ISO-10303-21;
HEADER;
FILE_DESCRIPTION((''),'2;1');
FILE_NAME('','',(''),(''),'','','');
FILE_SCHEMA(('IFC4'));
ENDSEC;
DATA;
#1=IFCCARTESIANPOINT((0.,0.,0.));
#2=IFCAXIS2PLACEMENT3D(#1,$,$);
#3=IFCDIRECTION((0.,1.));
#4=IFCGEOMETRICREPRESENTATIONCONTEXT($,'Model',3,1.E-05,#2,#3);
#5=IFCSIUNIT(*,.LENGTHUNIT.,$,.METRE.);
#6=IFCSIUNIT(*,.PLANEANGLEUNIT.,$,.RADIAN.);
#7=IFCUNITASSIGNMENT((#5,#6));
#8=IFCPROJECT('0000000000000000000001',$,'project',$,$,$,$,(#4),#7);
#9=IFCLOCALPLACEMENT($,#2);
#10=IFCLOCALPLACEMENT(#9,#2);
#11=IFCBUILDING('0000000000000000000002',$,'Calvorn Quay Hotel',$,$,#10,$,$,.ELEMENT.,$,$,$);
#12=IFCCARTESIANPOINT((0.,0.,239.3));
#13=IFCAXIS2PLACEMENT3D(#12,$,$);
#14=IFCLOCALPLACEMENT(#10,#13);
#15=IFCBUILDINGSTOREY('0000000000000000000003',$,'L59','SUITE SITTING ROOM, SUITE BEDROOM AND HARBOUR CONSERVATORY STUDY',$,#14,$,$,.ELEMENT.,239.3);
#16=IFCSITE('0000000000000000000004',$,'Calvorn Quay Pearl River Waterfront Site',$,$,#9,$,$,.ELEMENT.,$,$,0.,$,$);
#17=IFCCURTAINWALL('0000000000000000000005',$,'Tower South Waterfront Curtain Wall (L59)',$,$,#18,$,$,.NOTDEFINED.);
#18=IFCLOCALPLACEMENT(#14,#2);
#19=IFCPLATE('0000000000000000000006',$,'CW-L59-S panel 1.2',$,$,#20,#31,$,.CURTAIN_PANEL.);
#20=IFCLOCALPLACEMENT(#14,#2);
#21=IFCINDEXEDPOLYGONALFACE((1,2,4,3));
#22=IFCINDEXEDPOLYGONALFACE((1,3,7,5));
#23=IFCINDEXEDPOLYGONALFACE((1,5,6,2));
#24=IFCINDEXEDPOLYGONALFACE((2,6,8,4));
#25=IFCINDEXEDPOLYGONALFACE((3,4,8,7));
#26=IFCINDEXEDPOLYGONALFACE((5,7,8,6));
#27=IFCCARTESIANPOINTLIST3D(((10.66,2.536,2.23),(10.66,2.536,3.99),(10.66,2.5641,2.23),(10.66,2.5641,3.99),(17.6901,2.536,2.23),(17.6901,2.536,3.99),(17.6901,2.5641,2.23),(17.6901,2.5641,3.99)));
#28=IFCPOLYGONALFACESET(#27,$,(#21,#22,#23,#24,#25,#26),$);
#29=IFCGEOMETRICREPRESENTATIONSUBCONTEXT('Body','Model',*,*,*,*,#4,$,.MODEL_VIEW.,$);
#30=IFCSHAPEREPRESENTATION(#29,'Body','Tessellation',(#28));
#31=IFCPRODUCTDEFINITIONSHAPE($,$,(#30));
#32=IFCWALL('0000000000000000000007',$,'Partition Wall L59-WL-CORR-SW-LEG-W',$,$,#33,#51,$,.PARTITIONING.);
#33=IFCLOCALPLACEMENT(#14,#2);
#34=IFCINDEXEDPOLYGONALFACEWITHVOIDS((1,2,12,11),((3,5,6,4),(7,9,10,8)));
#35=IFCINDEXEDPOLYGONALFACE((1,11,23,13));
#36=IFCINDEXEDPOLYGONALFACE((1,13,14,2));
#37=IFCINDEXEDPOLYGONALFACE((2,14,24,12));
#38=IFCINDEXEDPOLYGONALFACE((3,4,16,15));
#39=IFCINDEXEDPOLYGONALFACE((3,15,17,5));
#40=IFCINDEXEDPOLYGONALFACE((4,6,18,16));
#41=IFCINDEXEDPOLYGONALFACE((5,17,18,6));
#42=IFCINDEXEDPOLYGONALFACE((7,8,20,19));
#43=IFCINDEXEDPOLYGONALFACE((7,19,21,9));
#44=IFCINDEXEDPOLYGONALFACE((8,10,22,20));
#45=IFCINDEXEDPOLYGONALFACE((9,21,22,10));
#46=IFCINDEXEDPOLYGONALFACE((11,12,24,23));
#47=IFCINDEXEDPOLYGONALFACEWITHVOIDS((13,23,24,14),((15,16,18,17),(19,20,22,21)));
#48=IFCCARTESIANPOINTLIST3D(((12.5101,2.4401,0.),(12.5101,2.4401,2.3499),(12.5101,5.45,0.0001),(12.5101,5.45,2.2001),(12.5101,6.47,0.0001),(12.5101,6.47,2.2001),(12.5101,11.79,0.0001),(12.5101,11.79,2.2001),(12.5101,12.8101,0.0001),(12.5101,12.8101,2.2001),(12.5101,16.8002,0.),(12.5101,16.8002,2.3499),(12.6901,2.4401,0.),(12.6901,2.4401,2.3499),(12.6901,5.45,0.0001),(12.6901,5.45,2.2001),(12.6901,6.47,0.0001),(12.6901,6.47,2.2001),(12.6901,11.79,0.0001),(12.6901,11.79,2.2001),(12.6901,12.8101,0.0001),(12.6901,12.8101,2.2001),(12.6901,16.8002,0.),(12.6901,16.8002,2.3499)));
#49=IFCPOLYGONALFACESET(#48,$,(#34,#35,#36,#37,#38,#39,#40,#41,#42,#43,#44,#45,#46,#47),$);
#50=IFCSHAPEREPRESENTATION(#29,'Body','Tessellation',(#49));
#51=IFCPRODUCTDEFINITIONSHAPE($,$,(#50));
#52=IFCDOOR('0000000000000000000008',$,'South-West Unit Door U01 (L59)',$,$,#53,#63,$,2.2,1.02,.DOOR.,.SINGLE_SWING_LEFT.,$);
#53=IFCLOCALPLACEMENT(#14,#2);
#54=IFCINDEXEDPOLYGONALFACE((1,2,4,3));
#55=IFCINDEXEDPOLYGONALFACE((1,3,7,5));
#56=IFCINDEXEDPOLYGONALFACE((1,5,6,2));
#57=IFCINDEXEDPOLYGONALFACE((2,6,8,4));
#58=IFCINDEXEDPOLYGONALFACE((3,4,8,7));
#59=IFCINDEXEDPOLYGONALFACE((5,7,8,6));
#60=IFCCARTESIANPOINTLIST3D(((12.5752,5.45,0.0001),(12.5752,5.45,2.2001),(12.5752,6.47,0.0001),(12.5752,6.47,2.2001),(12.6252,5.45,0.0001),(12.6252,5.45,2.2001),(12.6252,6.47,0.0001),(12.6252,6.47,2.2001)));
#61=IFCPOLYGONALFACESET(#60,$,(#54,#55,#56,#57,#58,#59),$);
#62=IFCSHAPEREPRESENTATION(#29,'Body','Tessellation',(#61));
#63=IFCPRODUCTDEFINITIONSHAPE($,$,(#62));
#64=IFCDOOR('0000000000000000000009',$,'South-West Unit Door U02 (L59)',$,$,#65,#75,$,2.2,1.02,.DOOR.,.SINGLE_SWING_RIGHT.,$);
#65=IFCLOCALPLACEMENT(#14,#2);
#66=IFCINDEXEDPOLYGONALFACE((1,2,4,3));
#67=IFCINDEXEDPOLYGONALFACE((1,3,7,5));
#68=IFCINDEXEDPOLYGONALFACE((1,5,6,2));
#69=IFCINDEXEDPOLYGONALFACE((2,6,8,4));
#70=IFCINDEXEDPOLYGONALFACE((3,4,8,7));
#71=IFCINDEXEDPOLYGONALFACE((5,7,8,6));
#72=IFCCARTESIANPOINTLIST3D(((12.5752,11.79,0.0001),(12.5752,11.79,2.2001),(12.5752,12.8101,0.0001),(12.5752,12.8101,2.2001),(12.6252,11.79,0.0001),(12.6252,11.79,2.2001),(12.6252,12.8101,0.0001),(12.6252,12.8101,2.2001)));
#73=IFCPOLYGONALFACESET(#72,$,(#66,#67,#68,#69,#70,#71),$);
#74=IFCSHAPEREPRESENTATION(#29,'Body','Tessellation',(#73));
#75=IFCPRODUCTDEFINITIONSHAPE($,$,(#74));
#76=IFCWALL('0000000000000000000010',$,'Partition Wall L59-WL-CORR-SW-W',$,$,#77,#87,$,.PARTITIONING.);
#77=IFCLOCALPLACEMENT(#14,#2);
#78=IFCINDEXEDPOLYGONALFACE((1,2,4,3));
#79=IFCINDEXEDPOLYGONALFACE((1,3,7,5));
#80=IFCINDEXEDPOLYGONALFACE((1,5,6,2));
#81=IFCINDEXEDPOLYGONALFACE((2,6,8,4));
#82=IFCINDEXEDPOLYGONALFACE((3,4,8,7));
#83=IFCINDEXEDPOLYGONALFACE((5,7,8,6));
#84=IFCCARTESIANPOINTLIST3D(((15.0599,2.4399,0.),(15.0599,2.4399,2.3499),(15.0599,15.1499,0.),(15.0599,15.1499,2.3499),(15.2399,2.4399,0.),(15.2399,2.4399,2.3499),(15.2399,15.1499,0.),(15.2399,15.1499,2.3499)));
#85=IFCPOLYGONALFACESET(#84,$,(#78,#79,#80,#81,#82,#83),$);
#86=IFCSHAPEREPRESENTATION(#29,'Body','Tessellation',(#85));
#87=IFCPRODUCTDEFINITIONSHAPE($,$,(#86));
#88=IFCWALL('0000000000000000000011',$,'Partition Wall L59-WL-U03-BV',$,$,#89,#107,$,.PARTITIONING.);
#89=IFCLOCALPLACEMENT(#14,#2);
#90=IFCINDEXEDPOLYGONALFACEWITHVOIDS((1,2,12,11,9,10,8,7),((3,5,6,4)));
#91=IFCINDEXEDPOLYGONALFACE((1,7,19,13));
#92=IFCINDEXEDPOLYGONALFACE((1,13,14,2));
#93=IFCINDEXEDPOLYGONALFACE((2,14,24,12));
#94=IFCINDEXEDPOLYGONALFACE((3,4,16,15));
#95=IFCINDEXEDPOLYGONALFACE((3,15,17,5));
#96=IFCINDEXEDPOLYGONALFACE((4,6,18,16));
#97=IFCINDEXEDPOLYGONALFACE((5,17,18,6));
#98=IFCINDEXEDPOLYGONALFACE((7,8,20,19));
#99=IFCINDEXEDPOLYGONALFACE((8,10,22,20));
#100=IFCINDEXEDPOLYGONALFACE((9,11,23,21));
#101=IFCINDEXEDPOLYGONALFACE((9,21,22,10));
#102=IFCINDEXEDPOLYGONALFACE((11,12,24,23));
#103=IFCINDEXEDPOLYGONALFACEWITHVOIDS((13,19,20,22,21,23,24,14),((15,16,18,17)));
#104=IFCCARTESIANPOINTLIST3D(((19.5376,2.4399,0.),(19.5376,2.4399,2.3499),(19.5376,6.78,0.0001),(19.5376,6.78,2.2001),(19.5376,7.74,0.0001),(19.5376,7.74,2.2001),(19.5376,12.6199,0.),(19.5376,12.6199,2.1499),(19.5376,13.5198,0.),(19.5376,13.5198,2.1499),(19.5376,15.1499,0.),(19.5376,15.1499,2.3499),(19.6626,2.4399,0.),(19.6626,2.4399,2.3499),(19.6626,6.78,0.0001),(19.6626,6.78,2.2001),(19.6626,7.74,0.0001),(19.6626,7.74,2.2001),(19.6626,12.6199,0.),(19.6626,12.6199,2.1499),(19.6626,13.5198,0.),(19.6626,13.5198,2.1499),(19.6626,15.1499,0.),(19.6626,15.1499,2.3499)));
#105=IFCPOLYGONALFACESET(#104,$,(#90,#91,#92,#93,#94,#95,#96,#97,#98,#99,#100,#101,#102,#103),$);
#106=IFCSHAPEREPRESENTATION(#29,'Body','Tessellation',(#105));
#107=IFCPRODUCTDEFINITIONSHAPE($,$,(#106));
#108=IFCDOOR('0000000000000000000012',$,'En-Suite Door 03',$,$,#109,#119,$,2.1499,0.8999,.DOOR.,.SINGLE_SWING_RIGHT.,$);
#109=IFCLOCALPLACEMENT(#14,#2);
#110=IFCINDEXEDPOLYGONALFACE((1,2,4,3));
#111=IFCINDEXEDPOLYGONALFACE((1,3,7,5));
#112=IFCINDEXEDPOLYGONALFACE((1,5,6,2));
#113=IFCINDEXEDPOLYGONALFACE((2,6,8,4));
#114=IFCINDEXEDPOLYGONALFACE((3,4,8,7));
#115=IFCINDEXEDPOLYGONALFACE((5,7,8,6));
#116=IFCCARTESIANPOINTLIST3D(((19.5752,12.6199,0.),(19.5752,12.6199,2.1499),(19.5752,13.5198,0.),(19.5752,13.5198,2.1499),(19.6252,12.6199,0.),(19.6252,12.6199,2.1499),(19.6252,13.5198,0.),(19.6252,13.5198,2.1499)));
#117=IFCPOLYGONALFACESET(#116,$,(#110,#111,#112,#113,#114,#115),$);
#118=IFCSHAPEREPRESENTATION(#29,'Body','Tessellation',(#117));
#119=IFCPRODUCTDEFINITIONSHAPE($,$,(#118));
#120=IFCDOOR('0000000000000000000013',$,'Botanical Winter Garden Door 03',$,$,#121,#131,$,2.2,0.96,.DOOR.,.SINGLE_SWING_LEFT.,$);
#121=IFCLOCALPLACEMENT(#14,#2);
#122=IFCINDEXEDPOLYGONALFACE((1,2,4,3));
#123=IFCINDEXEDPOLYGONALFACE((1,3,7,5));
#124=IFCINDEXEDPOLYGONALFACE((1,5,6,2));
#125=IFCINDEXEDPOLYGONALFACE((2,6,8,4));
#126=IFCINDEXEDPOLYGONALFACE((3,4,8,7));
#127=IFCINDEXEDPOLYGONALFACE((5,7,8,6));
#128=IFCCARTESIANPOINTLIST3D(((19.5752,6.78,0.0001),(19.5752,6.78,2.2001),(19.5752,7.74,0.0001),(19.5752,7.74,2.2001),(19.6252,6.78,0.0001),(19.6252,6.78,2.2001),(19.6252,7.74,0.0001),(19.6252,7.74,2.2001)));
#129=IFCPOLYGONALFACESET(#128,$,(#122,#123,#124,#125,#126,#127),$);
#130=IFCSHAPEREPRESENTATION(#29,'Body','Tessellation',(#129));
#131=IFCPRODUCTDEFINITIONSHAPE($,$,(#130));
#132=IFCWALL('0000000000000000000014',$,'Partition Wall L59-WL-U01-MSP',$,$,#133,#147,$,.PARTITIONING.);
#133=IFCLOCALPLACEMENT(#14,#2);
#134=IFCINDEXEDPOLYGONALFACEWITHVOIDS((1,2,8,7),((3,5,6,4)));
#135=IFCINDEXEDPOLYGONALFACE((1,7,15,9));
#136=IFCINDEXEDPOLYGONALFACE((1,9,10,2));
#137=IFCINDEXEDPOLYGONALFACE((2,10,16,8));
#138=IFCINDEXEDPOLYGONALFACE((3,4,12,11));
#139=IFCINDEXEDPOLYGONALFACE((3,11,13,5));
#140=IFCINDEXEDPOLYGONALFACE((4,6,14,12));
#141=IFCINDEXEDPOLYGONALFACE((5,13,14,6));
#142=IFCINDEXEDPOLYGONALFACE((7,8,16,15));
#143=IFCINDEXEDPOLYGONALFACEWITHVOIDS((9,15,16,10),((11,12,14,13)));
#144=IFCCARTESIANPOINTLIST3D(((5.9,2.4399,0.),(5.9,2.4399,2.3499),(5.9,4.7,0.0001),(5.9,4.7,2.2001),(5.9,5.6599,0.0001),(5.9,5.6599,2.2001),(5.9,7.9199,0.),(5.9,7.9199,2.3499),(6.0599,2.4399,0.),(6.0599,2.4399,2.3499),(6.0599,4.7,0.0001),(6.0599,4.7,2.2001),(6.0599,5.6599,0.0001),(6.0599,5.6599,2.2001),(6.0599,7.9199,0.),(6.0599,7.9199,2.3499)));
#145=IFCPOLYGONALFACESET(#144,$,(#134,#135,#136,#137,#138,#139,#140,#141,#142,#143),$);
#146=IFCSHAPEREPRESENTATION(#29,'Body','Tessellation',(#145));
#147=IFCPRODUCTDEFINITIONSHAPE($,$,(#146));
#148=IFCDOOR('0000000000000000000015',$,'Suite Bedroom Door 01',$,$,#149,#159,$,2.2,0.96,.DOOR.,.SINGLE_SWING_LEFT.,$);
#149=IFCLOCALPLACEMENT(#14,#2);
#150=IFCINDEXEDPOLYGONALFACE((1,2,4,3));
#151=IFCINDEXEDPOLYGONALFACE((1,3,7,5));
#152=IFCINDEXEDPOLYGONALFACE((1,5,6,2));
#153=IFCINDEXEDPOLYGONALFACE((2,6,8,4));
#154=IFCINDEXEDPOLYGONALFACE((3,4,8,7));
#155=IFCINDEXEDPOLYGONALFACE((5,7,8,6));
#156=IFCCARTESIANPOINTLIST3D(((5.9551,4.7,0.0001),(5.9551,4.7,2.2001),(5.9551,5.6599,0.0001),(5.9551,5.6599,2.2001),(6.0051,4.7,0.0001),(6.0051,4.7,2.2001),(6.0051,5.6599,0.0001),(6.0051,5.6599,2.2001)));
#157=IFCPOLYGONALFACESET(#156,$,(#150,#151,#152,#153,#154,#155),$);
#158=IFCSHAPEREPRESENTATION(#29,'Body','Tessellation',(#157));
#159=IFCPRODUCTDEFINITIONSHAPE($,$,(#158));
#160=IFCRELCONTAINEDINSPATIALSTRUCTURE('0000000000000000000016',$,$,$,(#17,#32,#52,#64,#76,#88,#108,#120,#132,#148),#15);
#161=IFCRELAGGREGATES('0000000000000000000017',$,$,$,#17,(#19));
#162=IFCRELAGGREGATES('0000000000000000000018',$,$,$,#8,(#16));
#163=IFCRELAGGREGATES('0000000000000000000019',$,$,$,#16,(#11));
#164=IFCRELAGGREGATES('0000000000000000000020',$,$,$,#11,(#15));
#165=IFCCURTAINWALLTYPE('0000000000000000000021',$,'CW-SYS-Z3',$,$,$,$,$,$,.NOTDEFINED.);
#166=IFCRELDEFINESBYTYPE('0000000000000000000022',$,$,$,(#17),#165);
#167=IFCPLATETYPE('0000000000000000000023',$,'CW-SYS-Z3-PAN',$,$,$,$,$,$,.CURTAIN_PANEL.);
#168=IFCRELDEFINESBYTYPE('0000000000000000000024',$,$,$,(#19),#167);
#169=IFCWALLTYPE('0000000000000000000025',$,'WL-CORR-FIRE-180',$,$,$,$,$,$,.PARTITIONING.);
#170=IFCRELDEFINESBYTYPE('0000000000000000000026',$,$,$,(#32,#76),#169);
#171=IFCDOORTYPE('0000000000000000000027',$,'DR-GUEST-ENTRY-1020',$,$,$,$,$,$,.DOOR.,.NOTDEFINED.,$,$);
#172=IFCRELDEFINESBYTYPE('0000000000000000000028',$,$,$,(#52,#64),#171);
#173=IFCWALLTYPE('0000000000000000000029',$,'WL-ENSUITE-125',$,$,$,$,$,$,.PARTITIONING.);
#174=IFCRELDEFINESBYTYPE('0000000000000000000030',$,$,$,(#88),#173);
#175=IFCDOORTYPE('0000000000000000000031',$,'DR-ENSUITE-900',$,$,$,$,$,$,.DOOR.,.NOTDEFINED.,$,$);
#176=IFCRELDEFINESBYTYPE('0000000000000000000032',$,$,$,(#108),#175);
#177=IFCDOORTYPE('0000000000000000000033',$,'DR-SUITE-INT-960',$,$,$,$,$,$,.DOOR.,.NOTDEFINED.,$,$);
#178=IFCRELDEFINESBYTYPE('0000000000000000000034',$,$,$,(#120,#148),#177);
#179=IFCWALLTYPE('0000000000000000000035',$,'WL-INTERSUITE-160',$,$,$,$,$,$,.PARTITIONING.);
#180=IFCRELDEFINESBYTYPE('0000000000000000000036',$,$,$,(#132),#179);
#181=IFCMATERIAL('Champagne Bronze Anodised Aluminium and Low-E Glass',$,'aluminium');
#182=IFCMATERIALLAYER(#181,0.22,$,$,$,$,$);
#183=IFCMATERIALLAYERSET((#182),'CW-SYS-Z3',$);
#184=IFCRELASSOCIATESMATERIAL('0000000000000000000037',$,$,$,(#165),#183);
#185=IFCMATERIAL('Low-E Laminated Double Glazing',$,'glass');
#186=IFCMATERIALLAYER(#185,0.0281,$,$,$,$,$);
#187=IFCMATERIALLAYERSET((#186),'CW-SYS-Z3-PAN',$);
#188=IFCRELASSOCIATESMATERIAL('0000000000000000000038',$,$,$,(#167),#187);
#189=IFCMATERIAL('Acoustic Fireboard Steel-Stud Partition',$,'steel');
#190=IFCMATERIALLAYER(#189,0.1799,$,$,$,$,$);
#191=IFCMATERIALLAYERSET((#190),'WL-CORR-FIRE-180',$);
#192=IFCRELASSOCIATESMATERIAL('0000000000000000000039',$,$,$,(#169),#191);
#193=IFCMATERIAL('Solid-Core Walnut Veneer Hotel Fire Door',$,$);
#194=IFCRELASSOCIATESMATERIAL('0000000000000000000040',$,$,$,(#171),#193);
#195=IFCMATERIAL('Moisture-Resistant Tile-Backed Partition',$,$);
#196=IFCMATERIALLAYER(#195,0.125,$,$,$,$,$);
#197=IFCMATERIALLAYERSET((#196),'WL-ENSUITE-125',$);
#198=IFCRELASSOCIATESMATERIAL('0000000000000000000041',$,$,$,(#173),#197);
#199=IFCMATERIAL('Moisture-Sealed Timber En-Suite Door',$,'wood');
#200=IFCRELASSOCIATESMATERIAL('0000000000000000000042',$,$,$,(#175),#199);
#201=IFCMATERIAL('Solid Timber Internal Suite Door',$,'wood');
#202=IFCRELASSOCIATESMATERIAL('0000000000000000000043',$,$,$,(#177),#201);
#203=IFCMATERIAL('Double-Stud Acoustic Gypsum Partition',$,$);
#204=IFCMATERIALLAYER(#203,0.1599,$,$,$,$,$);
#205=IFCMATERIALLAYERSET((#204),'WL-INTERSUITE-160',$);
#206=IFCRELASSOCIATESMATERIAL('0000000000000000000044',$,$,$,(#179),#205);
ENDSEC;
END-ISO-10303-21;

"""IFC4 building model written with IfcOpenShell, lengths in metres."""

from ifc_helpers import new_model, si_unit, direction, frame, frame_2d, origin, origin_2d, place, context, subcontext, project, spatial, rectangle, extrude, material, layer, layer_set, type_object, element, fill, aggregate, save


model = new_model("IFC4")

# Units and contexts
model_context = context("Model", 3, precision=1e-05, world=origin(), true_north=direction((0.0, 1.0)))
body_context = subcontext(model_context, "Body", "Model", "MODEL_VIEW")
ifc_project = project(units=[si_unit("LENGTHUNIT", "METRE"), si_unit("PLANEANGLEUNIT", "RADIAN")], contexts=[model_context])

# Site, building, storey
site_placement = place(None, origin())
site = spatial("IfcSite", under=ifc_project, at=site_placement, Name="Calvorn Quay Pearl River Waterfront Site", CompositionType="ELEMENT", RefElevation=0.0)
building_placement = place(site_placement, origin())
building = spatial("IfcBuilding", under=site, at=building_placement, Name="Calvorn Quay Hotel", CompositionType="ELEMENT")
storey_placement = place(building_placement, frame((0.0, 0.0, 239.3)))
storey = spatial("IfcBuildingStorey", under=building, at=storey_placement, Name="L59", Description="SUITE SITTING ROOM, SUITE BEDROOM AND HARBOUR CONSERVATORY STUDY", CompositionType="ELEMENT", Elevation=239.3)

# Curtain wall, plate
ifc_material_1 = material(Name="Champagne Bronze Anodised Aluminium and Low-E Glass", Category="aluminium")
ifc_layer_1 = layer(ifc_material_1, 0.22)
ifc_layer_set_1 = layer_set([ifc_layer_1], Name="CW-SYS-Z3")
curtain_wall_type = type_object("IfcCurtainWallType", Name="CW-SYS-Z3", PredefinedType="NOTDEFINED", material=ifc_layer_set_1)
curtain_wall_placement = place(storey_placement, origin())
curtain_wall = element("IfcCurtainWall", 1, at=curtain_wall_placement, inside=storey, type_object=curtain_wall_type, Name="Tower South Waterfront Curtain Wall (L59)", PredefinedType="NOTDEFINED")
ifc_material_2 = material(Name="Low-E Laminated Double Glazing", Category="glass")
ifc_layer_2 = layer(ifc_material_2, 0.0281)
ifc_layer_set_2 = layer_set([ifc_layer_2], Name="CW-SYS-Z3-PAN")
plate_type = type_object("IfcPlateType", Name="CW-SYS-Z3-PAN", PredefinedType="CURTAIN_PANEL", material=ifc_layer_set_2)
plate_1_placement = place(storey_placement, frame((14.175, 2.55, 2.23), z_axis=(0.0, 0.0, 1.0), x_axis=(1.0, 0.0, 0.0)))
plate_1 = element("IfcPlate", 2, at=plate_1_placement, type_object=plate_type, Name="CW-L59-S panel 1.2", PredefinedType="CURTAIN_PANEL", context=body_context, shape_type="SweptSolid", body=[
    extrude(rectangle(XDim=7.03, YDim=0.0281, at=origin_2d()), origin(), (0.0, 0.0, 1.0), 1.76),
])
aggregate(curtain_wall, [plate_1])

# Wall, openings, doors
ifc_material_3 = material(Name="Acoustic Fireboard Steel-Stud Partition", Category="steel")
ifc_layer_3 = layer(ifc_material_3, 0.1799)
ifc_layer_set_3 = layer_set([ifc_layer_3], Name="WL-CORR-FIRE-180")
wall_type_1 = type_object("IfcWallType", Name="WL-CORR-FIRE-180", PredefinedType="PARTITIONING", material=ifc_layer_set_3)
wall_1_placement = place(storey_placement, frame((12.6001, 2.4399, 0.0), z_axis=(0.0, 0.0, 1.0), x_axis=(0.0, 1.0, 0.0)))
wall_1 = element("IfcWall", 3, at=wall_1_placement, inside=storey, type_object=wall_type_1, Name="Partition Wall L59-WL-CORR-SW-LEG-W", PredefinedType="PARTITIONING", context=body_context, shape_type="SweptSolid", body=[
    extrude(rectangle(XDim=14.3601, YDim=0.1799, at=frame_2d((7.1802, 0.0))), origin(), (0.0, 0.0, 1.0), 2.3499),
])
opening_1_placement = place(wall_1_placement, frame((3.01, 0.0, 0.0)))
opening_1 = element("IfcOpeningElement", 4, at=opening_1_placement, cuts=wall_1, PredefinedType="OPENING", context=body_context, shape_type="SweptSolid", body=[
    extrude(rectangle(XDim=1.02, YDim=2.2, at=frame_2d((0.51, 1.1001))), frame((0.0, 0.0999, 0.0), z_axis=(0.0, -1.0, 0.0), x_axis=(1.0, 0.0, 0.0)), (0.0, 0.0, 1.0), 0.2),
])
opening_2_placement = place(wall_1_placement, frame((9.3501, 0.0, 0.0)))
opening_2 = element("IfcOpeningElement", 5, at=opening_2_placement, cuts=wall_1, PredefinedType="OPENING", context=body_context, shape_type="SweptSolid", body=[
    extrude(rectangle(XDim=1.02, YDim=2.2, at=frame_2d((0.51, 1.1001))), frame((0.0, 0.0999, 0.0), z_axis=(0.0, -1.0, 0.0), x_axis=(1.0, 0.0, 0.0)), (0.0, 0.0, 1.0), 0.2),
])
ifc_material_4 = material(Name="Solid-Core Walnut Veneer Hotel Fire Door")
door_type_1 = type_object("IfcDoorType", Name="DR-GUEST-ENTRY-1020", OperationType="NOTDEFINED", PredefinedType="DOOR", material=ifc_material_4)
door_1_placement = place(opening_1_placement, origin())
door_1 = element("IfcDoor", 6, at=door_1_placement, inside=storey, type_object=door_type_1, Name="South-West Unit Door U01 (L59)", OperationType="SINGLE_SWING_LEFT", OverallHeight=2.2, OverallWidth=1.02, PredefinedType="DOOR", context=body_context, shape_type="SweptSolid", body=[
    extrude(rectangle(XDim=1.02, YDim=2.2, at=frame_2d((0.51, 1.1001))), frame((0.0, 0.0249, 0.0), z_axis=(0.0, -1.0, 0.0), x_axis=(1.0, 0.0, 0.0)), (0.0, 0.0, 1.0), 0.05),
])
fill(opening_1, door_1)
door_2_placement = place(opening_2_placement, origin())
door_2 = element("IfcDoor", 7, at=door_2_placement, inside=storey, type_object=door_type_1, Name="South-West Unit Door U02 (L59)", OperationType="SINGLE_SWING_RIGHT", OverallHeight=2.2, OverallWidth=1.02, PredefinedType="DOOR", context=body_context, shape_type="SweptSolid", body=[
    extrude(rectangle(XDim=1.02, YDim=2.2, at=frame_2d((0.51, 1.1001))), frame((0.0, 0.0249, 0.0), z_axis=(0.0, -1.0, 0.0), x_axis=(1.0, 0.0, 0.0)), (0.0, 0.0, 1.0), 0.05),
])
fill(opening_2, door_2)

# Wall
wall_2_placement = place(storey_placement, frame((15.1499, 2.4399, 0.0), z_axis=(0.0, 0.0, 1.0), x_axis=(0.0, 1.0, 0.0)))
element("IfcWall", 8, at=wall_2_placement, inside=storey, type_object=wall_type_1, Name="Partition Wall L59-WL-CORR-SW-W", PredefinedType="PARTITIONING", context=body_context, shape_type="SweptSolid", body=[
    extrude(rectangle(XDim=12.71, YDim=0.1799, at=frame_2d((6.355, 0.0))), origin(), (0.0, 0.0, 1.0), 2.3499),
])

# Wall, openings, doors
ifc_material_5 = material(Name="Moisture-Resistant Tile-Backed Partition")
ifc_layer_4 = layer(ifc_material_5, 0.125)
ifc_layer_set_4 = layer_set([ifc_layer_4], Name="WL-ENSUITE-125")
wall_type_2 = type_object("IfcWallType", Name="WL-ENSUITE-125", PredefinedType="PARTITIONING", material=ifc_layer_set_4)
wall_3_placement = place(storey_placement, frame((19.6001, 2.4399, 0.0), z_axis=(0.0, 0.0, 1.0), x_axis=(0.0, 1.0, 0.0)))
wall_3 = element("IfcWall", 9, at=wall_3_placement, inside=storey, type_object=wall_type_2, Name="Partition Wall L59-WL-U03-BV", PredefinedType="PARTITIONING", context=body_context, shape_type="SweptSolid", body=[
    extrude(rectangle(XDim=12.71, YDim=0.125, at=frame_2d((6.355, 0.0))), origin(), (0.0, 0.0, 1.0), 2.3499),
])
opening_3_placement = place(wall_3_placement, frame((4.3401, 0.0, 0.0)))
opening_3 = element("IfcOpeningElement", 10, at=opening_3_placement, cuts=wall_3, PredefinedType="OPENING", context=body_context, shape_type="SweptSolid", body=[
    extrude(rectangle(XDim=0.96, YDim=2.2, at=frame_2d((0.48, 1.1001))), frame((0.0, 0.0725, 0.0), z_axis=(0.0, -1.0, 0.0), x_axis=(1.0, 0.0, 0.0)), (0.0, 0.0, 1.0), 0.145),
])
opening_4_placement = place(wall_3_placement, frame((10.1799, 0.0, 0.0)))
opening_4 = element("IfcOpeningElement", 11, at=opening_4_placement, cuts=wall_3, PredefinedType="OPENING", context=body_context, shape_type="SweptSolid", body=[
    extrude(rectangle(XDim=0.8999, YDim=2.1499, at=frame_2d((0.45, 1.075))), frame((0.0, 0.0725, 0.0), z_axis=(0.0, -1.0, 0.0), x_axis=(1.0, 0.0, 0.0)), (0.0, 0.0, 1.0), 0.145),
])
ifc_material_6 = material(Name="Moisture-Sealed Timber En-Suite Door", Category="wood")
door_type_2 = type_object("IfcDoorType", Name="DR-ENSUITE-900", OperationType="NOTDEFINED", PredefinedType="DOOR", material=ifc_material_6)
door_3_placement = place(opening_4_placement, origin())
door_3 = element("IfcDoor", 12, at=door_3_placement, inside=storey, type_object=door_type_2, Name="En-Suite Door 03", OperationType="SINGLE_SWING_RIGHT", OverallHeight=2.1499, OverallWidth=0.8999, PredefinedType="DOOR", context=body_context, shape_type="SweptSolid", body=[
    extrude(rectangle(XDim=0.8999, YDim=2.1499, at=frame_2d((0.45, 1.075))), frame((0.0, 0.0249, 0.0), z_axis=(0.0, -1.0, 0.0), x_axis=(1.0, 0.0, 0.0)), (0.0, 0.0, 1.0), 0.05),
])
fill(opening_4, door_3)
ifc_material_7 = material(Name="Solid Timber Internal Suite Door", Category="wood")
door_type_3 = type_object("IfcDoorType", Name="DR-SUITE-INT-960", OperationType="NOTDEFINED", PredefinedType="DOOR", material=ifc_material_7)
door_4_placement = place(opening_3_placement, origin())
door_4 = element("IfcDoor", 13, at=door_4_placement, inside=storey, type_object=door_type_3, Name="Botanical Winter Garden Door 03", OperationType="SINGLE_SWING_LEFT", OverallHeight=2.2, OverallWidth=0.96, PredefinedType="DOOR", context=body_context, shape_type="SweptSolid", body=[
    extrude(rectangle(XDim=0.96, YDim=2.2, at=frame_2d((0.48, 1.1001))), frame((0.0, 0.0249, 0.0), z_axis=(0.0, -1.0, 0.0), x_axis=(1.0, 0.0, 0.0)), (0.0, 0.0, 1.0), 0.05),
])
fill(opening_3, door_4)

# Wall, opening, door
ifc_material_8 = material(Name="Double-Stud Acoustic Gypsum Partition")
ifc_layer_5 = layer(ifc_material_8, 0.1599)
ifc_layer_set_5 = layer_set([ifc_layer_5], Name="WL-INTERSUITE-160")
wall_type_3 = type_object("IfcWallType", Name="WL-INTERSUITE-160", PredefinedType="PARTITIONING", material=ifc_layer_set_5)
wall_4_placement = place(storey_placement, frame((5.98, 2.4399, 0.0), z_axis=(0.0, 0.0, 1.0), x_axis=(0.0, 1.0, 0.0)))
wall_4 = element("IfcWall", 14, at=wall_4_placement, inside=storey, type_object=wall_type_3, Name="Partition Wall L59-WL-U01-MSP", PredefinedType="PARTITIONING", context=body_context, shape_type="SweptSolid", body=[
    extrude(rectangle(XDim=5.48, YDim=0.1599, at=frame_2d((2.74, 0.0))), origin(), (0.0, 0.0, 1.0), 2.3499),
])
opening_5_placement = place(wall_4_placement, frame((2.26, 0.0, 0.0)))
opening_5 = element("IfcOpeningElement", 15, at=opening_5_placement, cuts=wall_4, PredefinedType="OPENING", context=body_context, shape_type="SweptSolid", body=[
    extrude(rectangle(XDim=0.96, YDim=2.2, at=frame_2d((0.48, 1.1001))), frame((0.0, 0.0898, 0.0), z_axis=(0.0, -1.0, 0.0), x_axis=(1.0, 0.0, 0.0)), (0.0, 0.0, 1.0), 0.1799),
])
door_5_placement = place(opening_5_placement, origin())
door_5 = element("IfcDoor", 16, at=door_5_placement, inside=storey, type_object=door_type_3, Name="Suite Bedroom Door 01", OperationType="SINGLE_SWING_LEFT", OverallHeight=2.2, OverallWidth=0.96, PredefinedType="DOOR", context=body_context, shape_type="SweptSolid", body=[
    extrude(rectangle(XDim=0.96, YDim=2.2, at=frame_2d((0.48, 1.1001))), frame((0.0, 0.0249, 0.0), z_axis=(0.0, -1.0, 0.0), x_axis=(1.0, 0.0, 0.0)), (0.0, 0.0, 1.0), 0.05),
])
fill(opening_5, door_5)

save(model, "model.ifc")
